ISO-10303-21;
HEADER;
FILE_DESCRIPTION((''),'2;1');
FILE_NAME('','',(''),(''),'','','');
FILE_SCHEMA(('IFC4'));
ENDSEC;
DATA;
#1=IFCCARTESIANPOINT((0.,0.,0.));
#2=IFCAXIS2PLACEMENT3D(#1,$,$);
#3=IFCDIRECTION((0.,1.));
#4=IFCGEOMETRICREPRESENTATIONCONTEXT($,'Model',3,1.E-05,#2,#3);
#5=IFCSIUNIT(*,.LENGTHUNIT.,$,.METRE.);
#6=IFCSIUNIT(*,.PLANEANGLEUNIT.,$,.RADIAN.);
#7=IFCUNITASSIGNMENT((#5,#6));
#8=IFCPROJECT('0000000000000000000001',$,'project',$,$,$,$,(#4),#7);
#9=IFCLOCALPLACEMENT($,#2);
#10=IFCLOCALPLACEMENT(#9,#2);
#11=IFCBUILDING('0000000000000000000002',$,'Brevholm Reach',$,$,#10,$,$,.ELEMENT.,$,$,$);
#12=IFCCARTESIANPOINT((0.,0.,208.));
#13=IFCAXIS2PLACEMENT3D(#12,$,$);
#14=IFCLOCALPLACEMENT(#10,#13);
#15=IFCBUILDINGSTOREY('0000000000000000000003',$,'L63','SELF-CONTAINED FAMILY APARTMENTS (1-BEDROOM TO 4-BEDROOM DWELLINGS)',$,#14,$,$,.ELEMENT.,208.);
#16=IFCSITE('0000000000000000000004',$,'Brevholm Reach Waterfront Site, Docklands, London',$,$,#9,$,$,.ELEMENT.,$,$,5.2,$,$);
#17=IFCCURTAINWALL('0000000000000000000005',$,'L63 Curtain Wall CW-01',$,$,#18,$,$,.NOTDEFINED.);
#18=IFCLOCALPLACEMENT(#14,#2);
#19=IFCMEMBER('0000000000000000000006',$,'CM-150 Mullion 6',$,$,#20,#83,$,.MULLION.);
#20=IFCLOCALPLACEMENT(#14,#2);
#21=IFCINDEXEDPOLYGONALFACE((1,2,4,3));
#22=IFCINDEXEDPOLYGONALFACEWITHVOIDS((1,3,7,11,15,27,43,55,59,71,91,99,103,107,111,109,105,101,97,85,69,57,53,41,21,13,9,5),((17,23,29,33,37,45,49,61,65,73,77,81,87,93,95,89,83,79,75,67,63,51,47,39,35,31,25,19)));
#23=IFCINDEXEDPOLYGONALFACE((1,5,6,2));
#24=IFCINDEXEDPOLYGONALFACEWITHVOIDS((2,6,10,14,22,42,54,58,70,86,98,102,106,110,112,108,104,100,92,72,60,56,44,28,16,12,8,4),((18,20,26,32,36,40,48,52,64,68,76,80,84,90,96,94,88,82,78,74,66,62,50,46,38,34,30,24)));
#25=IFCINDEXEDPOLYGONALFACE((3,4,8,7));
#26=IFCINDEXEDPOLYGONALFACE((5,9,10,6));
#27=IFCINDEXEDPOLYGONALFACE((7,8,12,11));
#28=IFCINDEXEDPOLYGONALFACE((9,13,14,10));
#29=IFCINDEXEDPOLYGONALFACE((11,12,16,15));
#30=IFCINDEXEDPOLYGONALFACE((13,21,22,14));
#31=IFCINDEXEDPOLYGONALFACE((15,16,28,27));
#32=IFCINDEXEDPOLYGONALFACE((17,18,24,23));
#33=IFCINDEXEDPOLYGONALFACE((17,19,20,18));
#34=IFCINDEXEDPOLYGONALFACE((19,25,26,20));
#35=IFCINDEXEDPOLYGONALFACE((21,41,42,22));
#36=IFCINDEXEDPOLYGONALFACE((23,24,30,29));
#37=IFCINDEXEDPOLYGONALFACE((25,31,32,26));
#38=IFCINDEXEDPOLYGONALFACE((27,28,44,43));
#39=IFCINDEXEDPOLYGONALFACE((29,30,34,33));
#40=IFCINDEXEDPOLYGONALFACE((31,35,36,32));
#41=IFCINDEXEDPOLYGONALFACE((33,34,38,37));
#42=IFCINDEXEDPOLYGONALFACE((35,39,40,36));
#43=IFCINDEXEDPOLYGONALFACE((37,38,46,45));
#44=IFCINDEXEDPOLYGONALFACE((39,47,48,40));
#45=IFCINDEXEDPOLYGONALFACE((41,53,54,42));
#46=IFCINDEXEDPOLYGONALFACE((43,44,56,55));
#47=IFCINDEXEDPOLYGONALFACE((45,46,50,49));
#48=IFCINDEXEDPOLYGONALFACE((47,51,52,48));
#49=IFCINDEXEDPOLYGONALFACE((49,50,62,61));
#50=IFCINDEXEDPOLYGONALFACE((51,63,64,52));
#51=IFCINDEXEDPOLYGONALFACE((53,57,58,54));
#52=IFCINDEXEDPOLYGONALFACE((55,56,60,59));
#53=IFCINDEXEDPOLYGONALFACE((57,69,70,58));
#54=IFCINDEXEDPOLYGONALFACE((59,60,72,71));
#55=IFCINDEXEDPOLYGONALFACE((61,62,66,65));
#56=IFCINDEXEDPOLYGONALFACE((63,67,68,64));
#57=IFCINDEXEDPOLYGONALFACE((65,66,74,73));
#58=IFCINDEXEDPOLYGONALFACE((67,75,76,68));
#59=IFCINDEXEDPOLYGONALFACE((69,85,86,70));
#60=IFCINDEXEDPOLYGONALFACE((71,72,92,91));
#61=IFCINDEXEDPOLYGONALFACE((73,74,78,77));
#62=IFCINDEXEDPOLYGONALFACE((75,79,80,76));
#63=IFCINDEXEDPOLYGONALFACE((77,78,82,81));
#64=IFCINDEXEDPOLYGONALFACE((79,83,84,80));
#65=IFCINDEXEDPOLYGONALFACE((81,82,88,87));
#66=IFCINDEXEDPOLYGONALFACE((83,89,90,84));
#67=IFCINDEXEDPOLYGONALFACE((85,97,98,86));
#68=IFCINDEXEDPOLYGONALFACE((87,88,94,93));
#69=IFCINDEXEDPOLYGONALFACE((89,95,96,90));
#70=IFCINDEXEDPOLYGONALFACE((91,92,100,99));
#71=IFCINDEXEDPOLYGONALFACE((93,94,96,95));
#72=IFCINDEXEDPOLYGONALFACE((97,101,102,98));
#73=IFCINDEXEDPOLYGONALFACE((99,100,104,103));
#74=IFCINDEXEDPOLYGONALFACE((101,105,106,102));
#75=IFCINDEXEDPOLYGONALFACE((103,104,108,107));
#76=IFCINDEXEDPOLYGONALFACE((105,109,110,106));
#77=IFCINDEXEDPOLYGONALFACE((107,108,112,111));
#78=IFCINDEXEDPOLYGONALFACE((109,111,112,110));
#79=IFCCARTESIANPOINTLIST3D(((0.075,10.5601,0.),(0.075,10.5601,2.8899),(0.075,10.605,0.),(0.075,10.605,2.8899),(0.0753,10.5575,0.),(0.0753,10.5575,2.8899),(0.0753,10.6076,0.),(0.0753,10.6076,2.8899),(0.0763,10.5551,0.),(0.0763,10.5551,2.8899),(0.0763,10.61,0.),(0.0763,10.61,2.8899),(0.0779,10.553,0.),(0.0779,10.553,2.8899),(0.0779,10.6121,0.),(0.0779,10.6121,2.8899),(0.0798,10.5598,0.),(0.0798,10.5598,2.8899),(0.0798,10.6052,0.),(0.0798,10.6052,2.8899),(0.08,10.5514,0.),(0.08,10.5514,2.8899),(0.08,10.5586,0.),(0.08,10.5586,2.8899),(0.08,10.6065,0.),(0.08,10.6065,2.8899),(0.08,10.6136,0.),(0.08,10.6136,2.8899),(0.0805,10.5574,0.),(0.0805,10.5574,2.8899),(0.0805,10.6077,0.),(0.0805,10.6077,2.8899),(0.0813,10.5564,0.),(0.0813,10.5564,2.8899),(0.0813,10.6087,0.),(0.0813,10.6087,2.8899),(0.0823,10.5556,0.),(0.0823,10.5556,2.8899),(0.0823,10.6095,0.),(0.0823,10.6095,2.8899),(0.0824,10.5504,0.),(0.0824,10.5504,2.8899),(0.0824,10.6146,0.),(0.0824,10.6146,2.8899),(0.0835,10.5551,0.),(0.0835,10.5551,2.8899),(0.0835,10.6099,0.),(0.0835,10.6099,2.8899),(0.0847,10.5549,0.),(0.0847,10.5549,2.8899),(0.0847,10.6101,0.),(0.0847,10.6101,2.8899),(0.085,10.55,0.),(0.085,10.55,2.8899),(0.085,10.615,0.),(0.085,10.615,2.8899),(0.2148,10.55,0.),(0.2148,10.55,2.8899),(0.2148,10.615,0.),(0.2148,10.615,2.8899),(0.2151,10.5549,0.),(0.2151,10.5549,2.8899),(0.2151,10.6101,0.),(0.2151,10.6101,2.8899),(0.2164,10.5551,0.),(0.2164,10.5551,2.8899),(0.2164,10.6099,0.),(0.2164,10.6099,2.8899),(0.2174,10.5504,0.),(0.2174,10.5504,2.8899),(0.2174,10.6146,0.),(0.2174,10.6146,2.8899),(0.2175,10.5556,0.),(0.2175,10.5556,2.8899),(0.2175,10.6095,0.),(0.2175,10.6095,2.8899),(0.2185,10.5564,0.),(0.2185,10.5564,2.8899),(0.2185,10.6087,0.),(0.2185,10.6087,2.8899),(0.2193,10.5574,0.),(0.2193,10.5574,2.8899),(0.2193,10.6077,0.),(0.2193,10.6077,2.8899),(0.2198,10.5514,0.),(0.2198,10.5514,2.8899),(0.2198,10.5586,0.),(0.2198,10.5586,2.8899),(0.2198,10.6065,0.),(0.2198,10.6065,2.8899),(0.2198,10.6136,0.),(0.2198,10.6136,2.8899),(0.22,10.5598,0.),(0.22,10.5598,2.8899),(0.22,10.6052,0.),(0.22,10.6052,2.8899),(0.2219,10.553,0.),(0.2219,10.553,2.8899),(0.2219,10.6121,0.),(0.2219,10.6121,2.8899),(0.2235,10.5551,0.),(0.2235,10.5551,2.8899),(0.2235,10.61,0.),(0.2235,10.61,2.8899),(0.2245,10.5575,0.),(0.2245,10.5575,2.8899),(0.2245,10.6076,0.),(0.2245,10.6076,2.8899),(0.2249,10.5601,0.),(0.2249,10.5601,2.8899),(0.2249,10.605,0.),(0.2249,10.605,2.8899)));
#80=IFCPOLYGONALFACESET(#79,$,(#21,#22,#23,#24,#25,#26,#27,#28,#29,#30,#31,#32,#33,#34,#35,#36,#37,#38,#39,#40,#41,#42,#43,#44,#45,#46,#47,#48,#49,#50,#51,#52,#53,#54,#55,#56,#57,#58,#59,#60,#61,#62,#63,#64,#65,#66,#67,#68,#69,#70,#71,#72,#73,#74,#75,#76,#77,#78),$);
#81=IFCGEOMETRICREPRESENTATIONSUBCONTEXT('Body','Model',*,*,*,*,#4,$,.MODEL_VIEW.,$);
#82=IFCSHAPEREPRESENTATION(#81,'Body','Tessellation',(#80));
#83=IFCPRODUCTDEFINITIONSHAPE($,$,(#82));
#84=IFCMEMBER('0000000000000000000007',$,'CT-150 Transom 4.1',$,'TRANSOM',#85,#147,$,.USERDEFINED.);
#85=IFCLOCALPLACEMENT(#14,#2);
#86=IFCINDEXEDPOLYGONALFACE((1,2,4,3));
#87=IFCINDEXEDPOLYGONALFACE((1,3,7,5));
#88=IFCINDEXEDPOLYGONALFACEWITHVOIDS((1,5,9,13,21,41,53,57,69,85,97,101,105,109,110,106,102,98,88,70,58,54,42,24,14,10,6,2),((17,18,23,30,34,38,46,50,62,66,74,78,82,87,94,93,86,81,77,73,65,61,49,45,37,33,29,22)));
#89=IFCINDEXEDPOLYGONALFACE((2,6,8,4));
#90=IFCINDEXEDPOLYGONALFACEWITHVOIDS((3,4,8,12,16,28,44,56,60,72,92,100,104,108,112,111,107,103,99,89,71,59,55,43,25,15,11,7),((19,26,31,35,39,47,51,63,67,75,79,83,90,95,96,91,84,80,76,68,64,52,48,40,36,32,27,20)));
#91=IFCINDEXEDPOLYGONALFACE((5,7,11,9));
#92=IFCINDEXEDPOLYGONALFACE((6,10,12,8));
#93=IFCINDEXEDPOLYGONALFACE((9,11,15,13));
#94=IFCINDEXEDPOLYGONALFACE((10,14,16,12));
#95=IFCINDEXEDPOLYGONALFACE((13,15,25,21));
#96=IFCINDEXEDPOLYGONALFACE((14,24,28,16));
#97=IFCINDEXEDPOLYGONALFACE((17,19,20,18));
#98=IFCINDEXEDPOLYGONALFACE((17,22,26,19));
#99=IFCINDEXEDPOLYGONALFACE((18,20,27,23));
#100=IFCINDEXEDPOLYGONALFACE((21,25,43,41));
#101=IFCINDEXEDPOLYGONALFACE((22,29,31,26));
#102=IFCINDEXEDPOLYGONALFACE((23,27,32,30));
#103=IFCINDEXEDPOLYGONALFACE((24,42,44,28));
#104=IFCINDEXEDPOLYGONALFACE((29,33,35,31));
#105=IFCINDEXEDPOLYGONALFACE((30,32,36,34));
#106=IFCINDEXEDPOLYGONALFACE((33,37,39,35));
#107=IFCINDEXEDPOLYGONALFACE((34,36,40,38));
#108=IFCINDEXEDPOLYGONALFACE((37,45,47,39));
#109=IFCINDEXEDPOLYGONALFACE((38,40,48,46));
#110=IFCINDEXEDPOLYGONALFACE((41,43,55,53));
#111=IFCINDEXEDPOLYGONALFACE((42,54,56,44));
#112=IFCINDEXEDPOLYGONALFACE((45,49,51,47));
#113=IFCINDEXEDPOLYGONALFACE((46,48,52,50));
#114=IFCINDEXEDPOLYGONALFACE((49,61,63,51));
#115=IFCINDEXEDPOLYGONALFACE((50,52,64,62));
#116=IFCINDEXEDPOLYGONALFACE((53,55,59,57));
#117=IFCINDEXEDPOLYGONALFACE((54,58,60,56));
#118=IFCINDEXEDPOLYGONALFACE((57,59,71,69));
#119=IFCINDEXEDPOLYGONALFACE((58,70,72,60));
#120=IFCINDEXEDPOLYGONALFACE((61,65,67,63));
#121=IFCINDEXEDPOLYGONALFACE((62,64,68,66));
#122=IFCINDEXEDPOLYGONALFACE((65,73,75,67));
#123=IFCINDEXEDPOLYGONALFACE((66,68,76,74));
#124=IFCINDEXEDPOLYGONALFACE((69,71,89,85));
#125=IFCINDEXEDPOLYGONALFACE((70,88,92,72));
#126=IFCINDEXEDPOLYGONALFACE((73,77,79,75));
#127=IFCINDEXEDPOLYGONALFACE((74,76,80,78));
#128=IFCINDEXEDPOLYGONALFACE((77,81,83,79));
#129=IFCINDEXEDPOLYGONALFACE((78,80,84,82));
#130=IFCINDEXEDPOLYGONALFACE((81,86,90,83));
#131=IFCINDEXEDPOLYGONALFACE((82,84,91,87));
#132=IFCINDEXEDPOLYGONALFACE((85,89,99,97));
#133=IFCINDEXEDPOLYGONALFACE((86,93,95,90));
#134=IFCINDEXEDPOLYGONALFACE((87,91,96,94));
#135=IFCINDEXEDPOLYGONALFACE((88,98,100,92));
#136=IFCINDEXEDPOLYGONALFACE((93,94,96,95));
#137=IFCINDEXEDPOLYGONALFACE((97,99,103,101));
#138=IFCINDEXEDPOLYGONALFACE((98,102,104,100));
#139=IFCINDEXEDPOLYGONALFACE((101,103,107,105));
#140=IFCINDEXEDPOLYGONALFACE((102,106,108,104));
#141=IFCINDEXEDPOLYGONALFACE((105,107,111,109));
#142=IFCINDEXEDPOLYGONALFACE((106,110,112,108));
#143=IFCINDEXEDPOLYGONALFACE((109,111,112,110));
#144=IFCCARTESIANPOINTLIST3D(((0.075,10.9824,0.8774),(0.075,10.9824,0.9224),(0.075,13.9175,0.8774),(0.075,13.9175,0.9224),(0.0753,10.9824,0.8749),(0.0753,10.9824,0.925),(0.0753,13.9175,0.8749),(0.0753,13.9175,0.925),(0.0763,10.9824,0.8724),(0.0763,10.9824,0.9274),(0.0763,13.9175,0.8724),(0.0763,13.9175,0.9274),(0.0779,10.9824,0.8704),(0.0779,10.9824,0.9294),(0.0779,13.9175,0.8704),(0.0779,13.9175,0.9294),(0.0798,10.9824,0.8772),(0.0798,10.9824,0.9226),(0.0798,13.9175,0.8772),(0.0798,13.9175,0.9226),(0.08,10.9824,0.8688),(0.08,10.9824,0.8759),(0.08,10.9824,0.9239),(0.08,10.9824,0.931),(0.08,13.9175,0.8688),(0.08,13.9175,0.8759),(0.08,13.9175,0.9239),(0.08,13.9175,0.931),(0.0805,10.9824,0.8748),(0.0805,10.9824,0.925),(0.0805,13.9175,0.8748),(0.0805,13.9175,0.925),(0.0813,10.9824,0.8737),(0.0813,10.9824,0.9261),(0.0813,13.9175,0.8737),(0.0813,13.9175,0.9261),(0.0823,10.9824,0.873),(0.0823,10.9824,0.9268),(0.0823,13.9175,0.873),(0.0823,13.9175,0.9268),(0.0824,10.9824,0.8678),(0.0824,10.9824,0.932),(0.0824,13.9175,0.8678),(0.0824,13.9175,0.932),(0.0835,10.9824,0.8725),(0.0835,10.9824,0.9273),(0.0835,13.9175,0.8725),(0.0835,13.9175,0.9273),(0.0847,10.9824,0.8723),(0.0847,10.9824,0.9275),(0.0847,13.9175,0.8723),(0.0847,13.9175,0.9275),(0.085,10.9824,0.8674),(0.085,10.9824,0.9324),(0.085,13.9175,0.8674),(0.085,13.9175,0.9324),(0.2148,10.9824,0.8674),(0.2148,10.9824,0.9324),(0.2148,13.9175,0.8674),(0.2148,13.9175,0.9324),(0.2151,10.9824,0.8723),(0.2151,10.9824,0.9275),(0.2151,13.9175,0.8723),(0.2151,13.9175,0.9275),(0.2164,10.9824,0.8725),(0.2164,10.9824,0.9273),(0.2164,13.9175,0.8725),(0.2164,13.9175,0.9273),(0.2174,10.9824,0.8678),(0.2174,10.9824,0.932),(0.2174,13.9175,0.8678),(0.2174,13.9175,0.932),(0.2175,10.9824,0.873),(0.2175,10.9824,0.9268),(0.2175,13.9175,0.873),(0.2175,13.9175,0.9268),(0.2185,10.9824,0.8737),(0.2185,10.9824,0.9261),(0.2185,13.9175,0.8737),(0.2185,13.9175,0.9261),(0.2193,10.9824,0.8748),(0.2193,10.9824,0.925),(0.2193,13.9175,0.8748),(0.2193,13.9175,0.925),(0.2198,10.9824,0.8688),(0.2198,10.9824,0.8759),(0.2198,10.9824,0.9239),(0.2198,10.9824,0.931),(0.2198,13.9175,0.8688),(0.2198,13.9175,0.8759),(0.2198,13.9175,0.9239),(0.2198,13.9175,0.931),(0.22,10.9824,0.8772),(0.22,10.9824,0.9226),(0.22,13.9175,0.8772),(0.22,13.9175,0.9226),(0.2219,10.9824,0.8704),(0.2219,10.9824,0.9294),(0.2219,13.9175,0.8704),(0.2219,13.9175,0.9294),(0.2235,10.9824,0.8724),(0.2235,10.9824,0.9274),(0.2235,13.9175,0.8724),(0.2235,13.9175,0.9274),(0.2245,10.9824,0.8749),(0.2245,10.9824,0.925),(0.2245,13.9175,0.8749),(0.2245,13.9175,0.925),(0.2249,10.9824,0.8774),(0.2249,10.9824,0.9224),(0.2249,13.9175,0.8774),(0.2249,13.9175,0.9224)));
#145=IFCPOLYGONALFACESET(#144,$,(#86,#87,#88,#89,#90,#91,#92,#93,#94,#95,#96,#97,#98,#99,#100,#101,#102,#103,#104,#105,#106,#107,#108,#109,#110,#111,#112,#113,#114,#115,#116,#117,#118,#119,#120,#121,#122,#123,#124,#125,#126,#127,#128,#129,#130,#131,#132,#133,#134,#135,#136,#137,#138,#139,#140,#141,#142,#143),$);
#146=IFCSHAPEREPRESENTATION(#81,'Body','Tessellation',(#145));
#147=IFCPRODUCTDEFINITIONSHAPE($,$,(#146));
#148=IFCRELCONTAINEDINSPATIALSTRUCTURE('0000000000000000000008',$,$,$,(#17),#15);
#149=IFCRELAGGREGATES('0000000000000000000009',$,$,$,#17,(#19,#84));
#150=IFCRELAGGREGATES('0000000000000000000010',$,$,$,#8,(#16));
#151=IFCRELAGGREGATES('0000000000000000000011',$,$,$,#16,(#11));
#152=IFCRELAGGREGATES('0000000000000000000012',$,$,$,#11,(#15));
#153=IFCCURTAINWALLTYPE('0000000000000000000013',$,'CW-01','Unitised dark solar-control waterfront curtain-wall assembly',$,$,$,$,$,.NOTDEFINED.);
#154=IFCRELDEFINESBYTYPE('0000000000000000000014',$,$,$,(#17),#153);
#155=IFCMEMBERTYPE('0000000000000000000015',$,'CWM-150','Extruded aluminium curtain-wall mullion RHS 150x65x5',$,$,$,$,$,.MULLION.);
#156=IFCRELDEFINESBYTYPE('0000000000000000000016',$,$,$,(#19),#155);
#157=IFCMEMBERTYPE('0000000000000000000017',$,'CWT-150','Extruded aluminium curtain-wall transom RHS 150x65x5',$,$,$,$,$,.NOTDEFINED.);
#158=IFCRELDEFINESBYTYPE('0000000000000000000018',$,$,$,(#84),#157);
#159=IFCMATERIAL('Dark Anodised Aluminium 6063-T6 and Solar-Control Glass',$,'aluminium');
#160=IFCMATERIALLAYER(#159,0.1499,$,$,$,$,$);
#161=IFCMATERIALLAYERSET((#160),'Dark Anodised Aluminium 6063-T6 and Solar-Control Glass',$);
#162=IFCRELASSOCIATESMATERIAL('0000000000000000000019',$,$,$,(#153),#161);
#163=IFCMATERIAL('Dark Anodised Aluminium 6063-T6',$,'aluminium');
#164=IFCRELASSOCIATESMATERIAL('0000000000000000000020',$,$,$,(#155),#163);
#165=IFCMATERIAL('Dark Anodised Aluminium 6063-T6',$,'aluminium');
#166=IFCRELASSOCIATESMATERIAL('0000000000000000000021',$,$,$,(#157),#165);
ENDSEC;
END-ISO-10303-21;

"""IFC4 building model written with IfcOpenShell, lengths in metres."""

from ifc_helpers import new_model, si_unit, direction, frame, origin, origin_2d, place, context, subcontext, project, spatial, hollow_rectangle, extrude, material, layer, layer_set, material_profile, profile_set, type_object, element, aggregate, save


model = new_model("IFC4")

# Units and contexts
model_context = context("Model", 3, precision=1e-05, world=origin(), true_north=direction((0.0, 1.0)))
body_context = subcontext(model_context, "Body", "Model", "MODEL_VIEW")
ifc_project = project(units=[si_unit("LENGTHUNIT", "METRE"), si_unit("PLANEANGLEUNIT", "RADIAN")], contexts=[model_context])

# Site, building, storey
site_placement = place(None, origin())
site = spatial("IfcSite", under=ifc_project, at=site_placement, Name="Brevholm Reach Waterfront Site, Docklands, London", CompositionType="ELEMENT", RefElevation=5.2)
building_placement = place(site_placement, origin())
building = spatial("IfcBuilding", under=site, at=building_placement, Name="Brevholm Reach", CompositionType="ELEMENT")
storey_placement = place(building_placement, frame((0.0, 0.0, 208.0)))
storey = spatial("IfcBuildingStorey", under=building, at=storey_placement, Name="L63", Description="SELF-CONTAINED FAMILY APARTMENTS (1-BEDROOM TO 4-BEDROOM DWELLINGS)", CompositionType="ELEMENT", Elevation=208.0)

# Curtain wall, members
ifc_material_1 = material(Name="Dark Anodised Aluminium 6063-T6 and Solar-Control Glass", Category="aluminium")
ifc_layer_1 = layer(ifc_material_1, 0.1499)
ifc_layer_set_1 = layer_set([ifc_layer_1], Name="Dark Anodised Aluminium 6063-T6 and Solar-Control Glass")
curtain_wall_type = type_object("IfcCurtainWallType", Name="CW-01", Description="Unitised dark solar-control waterfront curtain-wall assembly", PredefinedType="NOTDEFINED", material=ifc_layer_set_1)
curtain_wall_placement = place(storey_placement, origin())
curtain_wall = element("IfcCurtainWall", 1, at=curtain_wall_placement, inside=storey, type_object=curtain_wall_type, Name="L63 Curtain Wall CW-01", PredefinedType="NOTDEFINED")
ifc_material_2 = material(Name="Dark Anodised Aluminium 6063-T6", Category="aluminium")
ifc_material_profile_1 = material_profile(ifc_material_2, hollow_rectangle(XDim=0.0649, YDim=0.1499, WallThickness=0.0049, InnerFilletRadius=0.0049, OuterFilletRadius=0.01, at=origin_2d()), Name="RHS 150x65x5")
ifc_profile_set_1 = profile_set([ifc_material_profile_1], Name="Dark Anodised Aluminium 6063-T6")
member_type_1 = type_object("IfcMemberType", Name="CWM-150", Description="Extruded aluminium curtain-wall mullion RHS 150x65x5", PredefinedType="MULLION", material=ifc_profile_set_1)
member_1_placement = place(storey_placement, frame((0.1499, 10.5825, 0.0), z_axis=(0.0, 0.0, 1.0), x_axis=(0.0, -1.0, 0.0)))
member_1 = element("IfcMember", 2, at=member_1_placement, type_object=member_type_1, Name="CM-150 Mullion 6", PredefinedType="MULLION", context=body_context, shape_type="SweptSolid", body=[
    extrude(hollow_rectangle(XDim=0.0649, YDim=0.1499, WallThickness=0.0049, InnerFilletRadius=0.0049, OuterFilletRadius=0.01, at=origin_2d()), origin(), (0.0, 0.0, 1.0), 2.8899),
])
ifc_material_3 = material(Name="Dark Anodised Aluminium 6063-T6", Category="aluminium")
ifc_material_profile_2 = material_profile(ifc_material_3, hollow_rectangle(XDim=0.0649, YDim=0.1499, WallThickness=0.0049, InnerFilletRadius=0.0049, OuterFilletRadius=0.01, at=origin_2d()), Name="RHS 150x65x5")
ifc_profile_set_2 = profile_set([ifc_material_profile_2], Name="Dark Anodised Aluminium 6063-T6")
member_type_2 = type_object("IfcMemberType", Name="CWT-150", Description="Extruded aluminium curtain-wall transom RHS 150x65x5", PredefinedType="NOTDEFINED", material=ifc_profile_set_2)
member_2_placement = place(storey_placement, frame((0.1499, 13.9175, 0.8999), z_axis=(0.0, -1.0, 0.0), x_axis=(0.0, 0.0, 1.0)))
member_2 = element("IfcMember", 3, at=member_2_placement, type_object=member_type_2, Name="CT-150 Transom 4.1", ObjectType="TRANSOM", PredefinedType="USERDEFINED", context=body_context, shape_type="SweptSolid", body=[
    extrude(hollow_rectangle(XDim=0.0649, YDim=0.1499, WallThickness=0.0049, InnerFilletRadius=0.0049, OuterFilletRadius=0.01, at=origin_2d()), origin(), (0.0, 0.0, 1.0), 2.9351),
])
aggregate(curtain_wall, [member_1, member_2])

save(model, "model.ifc")
